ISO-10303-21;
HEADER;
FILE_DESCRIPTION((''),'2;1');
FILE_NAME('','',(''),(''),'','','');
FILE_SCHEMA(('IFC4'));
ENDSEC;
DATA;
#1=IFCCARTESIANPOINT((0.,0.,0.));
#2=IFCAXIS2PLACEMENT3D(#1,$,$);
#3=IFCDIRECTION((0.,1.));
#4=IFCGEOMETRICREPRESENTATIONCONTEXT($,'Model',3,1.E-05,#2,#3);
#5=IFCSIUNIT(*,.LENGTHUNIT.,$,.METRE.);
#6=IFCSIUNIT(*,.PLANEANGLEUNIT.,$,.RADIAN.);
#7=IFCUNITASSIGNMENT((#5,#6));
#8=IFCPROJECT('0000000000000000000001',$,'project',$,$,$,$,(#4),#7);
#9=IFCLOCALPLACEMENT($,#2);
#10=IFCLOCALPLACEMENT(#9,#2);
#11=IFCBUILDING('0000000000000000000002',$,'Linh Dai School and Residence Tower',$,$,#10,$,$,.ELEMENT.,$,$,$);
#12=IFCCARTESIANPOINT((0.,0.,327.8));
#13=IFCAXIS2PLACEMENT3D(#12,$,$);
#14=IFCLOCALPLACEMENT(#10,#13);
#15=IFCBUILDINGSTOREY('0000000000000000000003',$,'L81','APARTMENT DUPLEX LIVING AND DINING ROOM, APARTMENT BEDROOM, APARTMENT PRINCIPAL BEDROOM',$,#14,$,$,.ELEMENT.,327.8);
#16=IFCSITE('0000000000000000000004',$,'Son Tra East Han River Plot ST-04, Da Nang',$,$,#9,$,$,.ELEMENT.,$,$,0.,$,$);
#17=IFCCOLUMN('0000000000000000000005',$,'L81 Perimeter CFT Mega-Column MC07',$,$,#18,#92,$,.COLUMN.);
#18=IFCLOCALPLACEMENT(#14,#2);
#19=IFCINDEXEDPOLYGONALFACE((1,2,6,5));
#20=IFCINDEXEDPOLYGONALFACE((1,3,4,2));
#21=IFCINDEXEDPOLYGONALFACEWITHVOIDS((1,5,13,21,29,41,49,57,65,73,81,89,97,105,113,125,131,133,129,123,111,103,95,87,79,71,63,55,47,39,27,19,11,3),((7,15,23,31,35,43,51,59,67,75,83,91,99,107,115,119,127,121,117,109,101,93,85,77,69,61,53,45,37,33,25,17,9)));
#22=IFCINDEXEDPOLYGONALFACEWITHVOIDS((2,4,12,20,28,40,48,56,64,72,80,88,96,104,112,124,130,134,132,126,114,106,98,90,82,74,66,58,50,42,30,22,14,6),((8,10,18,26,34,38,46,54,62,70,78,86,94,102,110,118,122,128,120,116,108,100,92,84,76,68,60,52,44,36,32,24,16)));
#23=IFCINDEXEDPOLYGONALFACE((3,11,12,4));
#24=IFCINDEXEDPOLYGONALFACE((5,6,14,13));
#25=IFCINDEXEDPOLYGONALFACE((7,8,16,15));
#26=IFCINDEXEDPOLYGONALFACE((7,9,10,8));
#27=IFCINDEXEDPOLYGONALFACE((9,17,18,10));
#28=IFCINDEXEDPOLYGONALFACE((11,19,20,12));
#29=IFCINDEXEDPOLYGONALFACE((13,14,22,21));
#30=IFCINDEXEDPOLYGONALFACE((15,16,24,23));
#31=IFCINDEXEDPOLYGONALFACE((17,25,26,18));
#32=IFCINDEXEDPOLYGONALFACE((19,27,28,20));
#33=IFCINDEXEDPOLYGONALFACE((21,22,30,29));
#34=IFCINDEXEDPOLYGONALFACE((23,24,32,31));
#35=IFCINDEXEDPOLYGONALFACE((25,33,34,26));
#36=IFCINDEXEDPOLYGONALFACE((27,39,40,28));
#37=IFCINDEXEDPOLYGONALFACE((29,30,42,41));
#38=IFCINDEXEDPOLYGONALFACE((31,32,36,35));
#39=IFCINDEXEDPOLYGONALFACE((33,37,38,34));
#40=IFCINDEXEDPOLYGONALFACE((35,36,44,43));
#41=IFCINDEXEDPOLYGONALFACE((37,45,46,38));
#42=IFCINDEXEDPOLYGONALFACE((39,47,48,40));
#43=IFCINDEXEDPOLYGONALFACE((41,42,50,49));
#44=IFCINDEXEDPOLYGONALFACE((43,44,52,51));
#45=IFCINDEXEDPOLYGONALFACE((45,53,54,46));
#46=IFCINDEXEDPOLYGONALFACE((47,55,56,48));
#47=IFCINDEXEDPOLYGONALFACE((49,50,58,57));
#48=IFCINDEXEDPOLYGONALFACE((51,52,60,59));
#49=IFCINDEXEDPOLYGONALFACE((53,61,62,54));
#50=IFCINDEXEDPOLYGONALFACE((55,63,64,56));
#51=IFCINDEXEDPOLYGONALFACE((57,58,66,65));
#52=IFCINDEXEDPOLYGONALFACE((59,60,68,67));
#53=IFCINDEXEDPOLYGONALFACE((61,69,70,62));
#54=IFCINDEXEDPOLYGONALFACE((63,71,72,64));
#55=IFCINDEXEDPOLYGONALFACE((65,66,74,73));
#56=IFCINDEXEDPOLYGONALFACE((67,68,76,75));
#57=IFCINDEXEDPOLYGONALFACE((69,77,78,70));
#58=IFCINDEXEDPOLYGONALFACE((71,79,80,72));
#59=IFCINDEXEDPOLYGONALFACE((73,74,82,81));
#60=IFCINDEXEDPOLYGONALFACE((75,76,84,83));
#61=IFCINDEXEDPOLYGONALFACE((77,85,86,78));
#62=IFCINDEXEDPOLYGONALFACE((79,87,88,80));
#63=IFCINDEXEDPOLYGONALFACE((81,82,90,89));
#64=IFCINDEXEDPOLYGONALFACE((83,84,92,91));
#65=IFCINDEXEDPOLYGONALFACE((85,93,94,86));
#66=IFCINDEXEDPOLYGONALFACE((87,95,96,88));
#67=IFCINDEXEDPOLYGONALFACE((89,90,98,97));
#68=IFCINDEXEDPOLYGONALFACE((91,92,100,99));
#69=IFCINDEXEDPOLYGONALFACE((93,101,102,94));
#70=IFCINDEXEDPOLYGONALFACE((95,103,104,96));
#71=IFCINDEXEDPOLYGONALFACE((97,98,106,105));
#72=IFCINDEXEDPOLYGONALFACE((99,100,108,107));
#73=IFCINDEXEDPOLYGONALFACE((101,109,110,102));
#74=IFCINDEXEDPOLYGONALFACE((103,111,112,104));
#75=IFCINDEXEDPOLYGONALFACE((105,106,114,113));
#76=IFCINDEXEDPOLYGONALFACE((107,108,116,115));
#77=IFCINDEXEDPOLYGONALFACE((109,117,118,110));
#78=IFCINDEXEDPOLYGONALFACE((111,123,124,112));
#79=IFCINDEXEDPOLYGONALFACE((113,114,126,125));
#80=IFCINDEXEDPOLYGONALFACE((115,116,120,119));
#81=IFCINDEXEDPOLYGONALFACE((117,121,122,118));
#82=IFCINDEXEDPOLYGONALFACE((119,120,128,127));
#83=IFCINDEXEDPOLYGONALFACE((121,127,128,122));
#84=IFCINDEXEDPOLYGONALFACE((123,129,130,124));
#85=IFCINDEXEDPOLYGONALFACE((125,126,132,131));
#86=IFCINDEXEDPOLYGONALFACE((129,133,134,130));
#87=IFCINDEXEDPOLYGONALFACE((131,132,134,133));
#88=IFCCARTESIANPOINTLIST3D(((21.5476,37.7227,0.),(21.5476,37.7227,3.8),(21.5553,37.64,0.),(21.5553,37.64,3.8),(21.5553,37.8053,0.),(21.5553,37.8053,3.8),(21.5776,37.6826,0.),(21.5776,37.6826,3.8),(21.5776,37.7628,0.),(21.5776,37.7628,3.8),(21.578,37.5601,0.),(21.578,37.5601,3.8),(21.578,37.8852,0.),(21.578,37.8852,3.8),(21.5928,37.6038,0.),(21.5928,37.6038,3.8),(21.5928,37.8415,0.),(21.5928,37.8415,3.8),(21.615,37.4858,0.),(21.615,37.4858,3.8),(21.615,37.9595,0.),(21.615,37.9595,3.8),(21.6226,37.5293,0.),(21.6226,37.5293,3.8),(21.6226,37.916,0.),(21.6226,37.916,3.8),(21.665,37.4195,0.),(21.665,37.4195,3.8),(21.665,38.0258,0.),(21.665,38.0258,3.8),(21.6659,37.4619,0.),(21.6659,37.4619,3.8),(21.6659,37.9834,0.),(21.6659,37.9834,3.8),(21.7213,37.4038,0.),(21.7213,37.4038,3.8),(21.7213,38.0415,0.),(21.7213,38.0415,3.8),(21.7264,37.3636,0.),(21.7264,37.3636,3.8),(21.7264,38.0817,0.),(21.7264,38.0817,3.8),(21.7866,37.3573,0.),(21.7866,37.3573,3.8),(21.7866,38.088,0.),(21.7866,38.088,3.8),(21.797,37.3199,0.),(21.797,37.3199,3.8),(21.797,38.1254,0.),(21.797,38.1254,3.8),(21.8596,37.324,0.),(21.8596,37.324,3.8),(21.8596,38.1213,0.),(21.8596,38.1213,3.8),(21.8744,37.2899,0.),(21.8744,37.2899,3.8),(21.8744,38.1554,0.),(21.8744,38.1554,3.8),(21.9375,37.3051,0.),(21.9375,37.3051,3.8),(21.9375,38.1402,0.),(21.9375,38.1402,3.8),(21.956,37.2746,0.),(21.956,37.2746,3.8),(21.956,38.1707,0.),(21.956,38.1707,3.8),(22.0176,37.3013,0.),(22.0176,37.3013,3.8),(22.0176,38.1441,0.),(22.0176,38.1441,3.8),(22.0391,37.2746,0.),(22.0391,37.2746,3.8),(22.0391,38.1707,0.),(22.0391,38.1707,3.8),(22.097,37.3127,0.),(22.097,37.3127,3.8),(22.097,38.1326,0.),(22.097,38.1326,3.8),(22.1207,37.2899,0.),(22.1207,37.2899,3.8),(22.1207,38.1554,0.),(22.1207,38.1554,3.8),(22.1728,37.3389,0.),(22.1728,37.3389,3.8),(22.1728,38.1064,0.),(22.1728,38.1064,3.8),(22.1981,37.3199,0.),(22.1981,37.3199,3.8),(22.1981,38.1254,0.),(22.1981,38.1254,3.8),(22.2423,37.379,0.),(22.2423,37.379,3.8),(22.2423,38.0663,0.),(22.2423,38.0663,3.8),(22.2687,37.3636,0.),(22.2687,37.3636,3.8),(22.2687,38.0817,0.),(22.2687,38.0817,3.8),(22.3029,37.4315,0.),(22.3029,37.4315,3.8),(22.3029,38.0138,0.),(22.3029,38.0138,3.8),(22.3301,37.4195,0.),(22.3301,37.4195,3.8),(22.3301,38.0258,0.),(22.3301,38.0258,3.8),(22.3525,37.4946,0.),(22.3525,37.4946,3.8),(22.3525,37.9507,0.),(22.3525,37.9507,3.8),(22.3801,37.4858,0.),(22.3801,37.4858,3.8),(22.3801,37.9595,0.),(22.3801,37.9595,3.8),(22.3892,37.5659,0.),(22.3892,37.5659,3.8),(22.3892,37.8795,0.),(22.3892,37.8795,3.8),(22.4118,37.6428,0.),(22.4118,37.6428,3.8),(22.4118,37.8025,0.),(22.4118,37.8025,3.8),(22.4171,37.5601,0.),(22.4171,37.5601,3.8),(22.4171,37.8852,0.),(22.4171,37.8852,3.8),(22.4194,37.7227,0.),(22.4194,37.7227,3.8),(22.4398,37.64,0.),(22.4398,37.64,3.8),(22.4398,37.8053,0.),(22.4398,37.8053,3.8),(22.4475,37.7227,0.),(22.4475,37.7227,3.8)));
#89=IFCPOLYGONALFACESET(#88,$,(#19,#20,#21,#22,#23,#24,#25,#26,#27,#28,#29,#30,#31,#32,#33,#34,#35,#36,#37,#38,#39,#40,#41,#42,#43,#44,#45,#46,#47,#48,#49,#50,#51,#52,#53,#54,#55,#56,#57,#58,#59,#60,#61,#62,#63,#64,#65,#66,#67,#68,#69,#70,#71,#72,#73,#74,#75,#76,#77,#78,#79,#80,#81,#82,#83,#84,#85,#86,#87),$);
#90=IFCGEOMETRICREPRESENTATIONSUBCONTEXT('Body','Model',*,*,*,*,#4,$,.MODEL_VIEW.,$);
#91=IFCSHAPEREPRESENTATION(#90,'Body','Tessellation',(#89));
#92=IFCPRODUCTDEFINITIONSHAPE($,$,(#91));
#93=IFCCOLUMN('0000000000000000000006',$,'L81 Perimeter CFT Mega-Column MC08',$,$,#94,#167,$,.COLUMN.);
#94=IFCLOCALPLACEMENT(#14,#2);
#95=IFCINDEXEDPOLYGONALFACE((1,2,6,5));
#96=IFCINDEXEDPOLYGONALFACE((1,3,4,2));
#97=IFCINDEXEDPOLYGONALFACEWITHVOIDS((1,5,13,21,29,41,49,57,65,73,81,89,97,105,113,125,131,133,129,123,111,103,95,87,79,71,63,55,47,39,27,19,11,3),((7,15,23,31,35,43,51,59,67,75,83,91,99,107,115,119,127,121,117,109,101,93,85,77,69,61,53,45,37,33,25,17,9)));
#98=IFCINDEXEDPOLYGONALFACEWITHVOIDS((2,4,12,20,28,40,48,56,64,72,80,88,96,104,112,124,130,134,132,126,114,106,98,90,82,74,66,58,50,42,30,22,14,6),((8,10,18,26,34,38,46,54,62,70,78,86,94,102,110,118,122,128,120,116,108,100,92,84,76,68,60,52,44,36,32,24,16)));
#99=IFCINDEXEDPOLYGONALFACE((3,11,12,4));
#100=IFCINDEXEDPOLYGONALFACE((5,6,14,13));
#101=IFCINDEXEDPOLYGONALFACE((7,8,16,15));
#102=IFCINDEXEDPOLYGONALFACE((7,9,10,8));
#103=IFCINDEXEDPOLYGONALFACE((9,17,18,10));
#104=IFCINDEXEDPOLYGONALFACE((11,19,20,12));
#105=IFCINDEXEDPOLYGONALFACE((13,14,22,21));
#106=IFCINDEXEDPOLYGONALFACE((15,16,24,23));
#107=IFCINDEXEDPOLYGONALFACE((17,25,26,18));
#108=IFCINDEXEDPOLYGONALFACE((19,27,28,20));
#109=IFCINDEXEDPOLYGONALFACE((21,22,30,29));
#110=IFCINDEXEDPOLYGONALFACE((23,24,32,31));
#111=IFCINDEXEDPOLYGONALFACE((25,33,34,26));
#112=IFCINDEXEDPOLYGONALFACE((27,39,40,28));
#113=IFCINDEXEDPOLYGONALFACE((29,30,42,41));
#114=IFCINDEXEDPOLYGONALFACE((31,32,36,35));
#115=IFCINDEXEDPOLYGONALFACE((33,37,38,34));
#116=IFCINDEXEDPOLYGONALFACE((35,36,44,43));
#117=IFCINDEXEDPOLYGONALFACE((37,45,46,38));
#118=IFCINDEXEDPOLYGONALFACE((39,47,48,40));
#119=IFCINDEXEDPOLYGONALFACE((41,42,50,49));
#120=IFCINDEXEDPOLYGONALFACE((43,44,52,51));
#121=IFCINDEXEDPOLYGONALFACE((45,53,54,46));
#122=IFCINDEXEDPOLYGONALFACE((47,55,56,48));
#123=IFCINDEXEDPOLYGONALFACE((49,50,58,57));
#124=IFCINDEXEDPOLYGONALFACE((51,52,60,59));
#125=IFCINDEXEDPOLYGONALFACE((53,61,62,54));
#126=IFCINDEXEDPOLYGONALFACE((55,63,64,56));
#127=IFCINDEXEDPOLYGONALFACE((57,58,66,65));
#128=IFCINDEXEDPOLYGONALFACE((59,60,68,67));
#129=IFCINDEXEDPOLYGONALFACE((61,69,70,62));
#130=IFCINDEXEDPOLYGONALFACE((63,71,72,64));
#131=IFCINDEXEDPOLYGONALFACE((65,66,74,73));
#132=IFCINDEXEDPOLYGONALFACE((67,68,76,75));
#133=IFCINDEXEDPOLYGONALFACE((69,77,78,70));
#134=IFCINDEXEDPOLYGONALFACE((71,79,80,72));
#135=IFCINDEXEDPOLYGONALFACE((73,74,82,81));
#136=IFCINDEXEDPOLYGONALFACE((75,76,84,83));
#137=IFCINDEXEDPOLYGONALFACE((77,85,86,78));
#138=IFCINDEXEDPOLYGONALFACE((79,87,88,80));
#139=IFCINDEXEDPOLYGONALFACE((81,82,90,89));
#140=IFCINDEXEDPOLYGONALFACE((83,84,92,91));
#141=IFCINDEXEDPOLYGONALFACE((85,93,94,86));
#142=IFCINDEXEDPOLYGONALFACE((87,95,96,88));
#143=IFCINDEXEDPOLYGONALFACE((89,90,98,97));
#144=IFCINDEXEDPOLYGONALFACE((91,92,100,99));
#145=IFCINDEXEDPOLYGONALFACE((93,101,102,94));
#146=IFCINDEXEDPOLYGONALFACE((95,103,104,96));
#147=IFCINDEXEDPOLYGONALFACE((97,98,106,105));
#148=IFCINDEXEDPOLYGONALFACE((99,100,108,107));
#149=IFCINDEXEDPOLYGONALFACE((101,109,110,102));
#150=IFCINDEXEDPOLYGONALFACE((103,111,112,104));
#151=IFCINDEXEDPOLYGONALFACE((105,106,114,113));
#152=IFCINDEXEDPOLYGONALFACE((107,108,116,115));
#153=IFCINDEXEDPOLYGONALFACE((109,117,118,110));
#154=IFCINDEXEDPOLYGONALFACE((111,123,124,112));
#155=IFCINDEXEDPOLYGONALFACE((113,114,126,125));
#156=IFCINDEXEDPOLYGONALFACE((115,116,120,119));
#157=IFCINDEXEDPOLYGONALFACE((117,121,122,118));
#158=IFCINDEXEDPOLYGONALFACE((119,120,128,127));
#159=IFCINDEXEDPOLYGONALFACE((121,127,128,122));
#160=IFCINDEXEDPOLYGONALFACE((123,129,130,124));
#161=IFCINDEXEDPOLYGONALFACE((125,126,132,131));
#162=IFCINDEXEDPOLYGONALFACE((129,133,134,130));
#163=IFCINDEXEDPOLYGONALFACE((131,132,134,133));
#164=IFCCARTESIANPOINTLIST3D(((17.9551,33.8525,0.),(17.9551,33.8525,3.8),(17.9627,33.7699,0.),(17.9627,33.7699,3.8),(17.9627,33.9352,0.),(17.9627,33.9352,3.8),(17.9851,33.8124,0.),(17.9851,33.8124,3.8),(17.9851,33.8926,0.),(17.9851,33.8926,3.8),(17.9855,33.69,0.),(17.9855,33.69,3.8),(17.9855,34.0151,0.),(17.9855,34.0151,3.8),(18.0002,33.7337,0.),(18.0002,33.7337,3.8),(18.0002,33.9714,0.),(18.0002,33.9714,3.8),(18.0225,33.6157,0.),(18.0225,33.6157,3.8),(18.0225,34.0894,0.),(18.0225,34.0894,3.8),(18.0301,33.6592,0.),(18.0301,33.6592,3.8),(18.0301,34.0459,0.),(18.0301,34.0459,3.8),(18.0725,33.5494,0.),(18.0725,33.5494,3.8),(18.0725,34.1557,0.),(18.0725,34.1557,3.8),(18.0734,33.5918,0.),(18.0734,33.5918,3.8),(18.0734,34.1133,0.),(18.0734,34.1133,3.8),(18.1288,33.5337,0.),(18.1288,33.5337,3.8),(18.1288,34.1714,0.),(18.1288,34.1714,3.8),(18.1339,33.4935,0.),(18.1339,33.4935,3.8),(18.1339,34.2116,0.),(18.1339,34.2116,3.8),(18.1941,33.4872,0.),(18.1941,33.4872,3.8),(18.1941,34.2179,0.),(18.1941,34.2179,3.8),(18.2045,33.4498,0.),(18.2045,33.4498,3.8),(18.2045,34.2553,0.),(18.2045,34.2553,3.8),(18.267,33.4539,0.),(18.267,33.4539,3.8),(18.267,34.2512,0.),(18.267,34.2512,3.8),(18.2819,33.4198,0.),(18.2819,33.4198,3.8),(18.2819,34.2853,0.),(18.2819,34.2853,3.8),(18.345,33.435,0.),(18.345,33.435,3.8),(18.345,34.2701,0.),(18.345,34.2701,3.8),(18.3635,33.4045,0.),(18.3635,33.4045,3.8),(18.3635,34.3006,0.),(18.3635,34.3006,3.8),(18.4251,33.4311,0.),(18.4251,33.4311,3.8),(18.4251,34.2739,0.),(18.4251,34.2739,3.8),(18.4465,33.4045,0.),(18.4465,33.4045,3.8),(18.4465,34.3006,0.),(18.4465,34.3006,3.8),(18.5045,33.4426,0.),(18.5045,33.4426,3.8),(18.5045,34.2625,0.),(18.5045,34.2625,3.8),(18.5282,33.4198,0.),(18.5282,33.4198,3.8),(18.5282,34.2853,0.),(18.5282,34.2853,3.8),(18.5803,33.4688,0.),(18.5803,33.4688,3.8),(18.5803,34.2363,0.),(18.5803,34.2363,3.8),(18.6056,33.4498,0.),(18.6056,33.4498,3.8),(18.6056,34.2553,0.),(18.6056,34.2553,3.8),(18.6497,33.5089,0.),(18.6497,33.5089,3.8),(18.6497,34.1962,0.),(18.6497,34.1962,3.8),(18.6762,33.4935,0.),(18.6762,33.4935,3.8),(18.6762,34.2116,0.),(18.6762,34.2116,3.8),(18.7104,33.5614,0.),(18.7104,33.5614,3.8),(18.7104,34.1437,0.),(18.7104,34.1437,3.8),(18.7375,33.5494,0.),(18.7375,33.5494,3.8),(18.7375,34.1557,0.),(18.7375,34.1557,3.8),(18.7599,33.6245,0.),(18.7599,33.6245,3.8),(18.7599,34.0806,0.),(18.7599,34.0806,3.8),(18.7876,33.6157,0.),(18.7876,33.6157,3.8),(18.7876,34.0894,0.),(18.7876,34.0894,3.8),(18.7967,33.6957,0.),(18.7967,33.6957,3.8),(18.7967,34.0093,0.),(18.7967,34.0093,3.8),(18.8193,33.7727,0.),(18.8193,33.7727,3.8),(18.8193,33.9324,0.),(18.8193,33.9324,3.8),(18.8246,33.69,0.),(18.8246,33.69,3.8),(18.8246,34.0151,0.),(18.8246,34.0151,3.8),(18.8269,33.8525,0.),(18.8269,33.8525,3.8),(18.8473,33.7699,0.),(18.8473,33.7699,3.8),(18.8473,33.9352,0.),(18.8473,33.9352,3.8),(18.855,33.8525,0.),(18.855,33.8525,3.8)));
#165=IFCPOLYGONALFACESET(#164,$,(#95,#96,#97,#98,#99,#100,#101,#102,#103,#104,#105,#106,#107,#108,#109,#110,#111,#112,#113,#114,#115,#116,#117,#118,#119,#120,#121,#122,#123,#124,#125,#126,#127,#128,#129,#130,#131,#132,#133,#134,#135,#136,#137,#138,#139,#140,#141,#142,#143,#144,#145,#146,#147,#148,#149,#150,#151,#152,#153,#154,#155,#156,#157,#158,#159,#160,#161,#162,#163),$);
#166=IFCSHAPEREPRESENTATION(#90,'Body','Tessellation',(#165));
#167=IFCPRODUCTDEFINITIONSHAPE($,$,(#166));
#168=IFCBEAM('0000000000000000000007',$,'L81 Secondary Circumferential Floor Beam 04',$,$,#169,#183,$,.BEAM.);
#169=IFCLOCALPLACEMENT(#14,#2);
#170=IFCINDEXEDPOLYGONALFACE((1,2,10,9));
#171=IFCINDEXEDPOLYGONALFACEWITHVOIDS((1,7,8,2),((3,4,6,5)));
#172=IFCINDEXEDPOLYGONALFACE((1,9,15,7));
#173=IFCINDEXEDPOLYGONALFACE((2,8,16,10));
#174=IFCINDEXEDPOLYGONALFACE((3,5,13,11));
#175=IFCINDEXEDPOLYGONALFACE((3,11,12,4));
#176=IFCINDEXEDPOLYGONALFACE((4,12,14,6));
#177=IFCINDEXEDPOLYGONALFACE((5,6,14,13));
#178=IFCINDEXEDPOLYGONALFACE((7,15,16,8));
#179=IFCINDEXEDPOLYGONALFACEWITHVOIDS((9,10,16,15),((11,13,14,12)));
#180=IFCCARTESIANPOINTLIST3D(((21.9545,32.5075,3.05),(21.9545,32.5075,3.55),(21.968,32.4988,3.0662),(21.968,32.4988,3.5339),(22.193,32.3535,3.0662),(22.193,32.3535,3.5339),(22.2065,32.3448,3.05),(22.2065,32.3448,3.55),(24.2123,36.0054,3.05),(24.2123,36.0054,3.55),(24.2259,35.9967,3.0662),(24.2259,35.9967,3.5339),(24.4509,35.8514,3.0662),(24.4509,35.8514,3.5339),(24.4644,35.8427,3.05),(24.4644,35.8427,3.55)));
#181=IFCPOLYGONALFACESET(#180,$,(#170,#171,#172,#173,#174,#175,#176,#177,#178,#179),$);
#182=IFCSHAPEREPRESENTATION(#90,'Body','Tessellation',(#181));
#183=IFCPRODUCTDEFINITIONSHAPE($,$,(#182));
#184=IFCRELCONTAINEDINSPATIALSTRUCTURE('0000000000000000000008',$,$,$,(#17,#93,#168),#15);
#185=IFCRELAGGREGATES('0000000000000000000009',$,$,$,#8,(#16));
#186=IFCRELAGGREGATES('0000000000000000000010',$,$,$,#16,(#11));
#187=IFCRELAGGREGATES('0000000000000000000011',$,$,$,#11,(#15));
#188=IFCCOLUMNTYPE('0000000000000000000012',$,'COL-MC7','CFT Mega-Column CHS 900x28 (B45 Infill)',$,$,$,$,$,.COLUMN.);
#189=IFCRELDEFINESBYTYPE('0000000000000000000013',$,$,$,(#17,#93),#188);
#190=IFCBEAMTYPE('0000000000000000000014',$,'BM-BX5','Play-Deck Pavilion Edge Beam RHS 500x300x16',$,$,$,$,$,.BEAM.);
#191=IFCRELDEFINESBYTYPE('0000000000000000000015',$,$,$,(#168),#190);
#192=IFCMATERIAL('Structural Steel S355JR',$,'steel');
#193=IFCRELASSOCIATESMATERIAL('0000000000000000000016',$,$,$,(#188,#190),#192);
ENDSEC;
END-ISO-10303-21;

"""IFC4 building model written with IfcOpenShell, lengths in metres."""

from ifc_helpers import new_model, si_unit, direction, frame, origin, origin_2d, place, context, subcontext, project, spatial, hollow_rectangle, hollow_circle, extrude, material, material_profile, profile_set, type_object, element, save


model = new_model("IFC4")

# Units and contexts
model_context = context("Model", 3, precision=1e-05, world=origin(), true_north=direction((0.0, 1.0)))
body_context = subcontext(model_context, "Body", "Model", "MODEL_VIEW")
ifc_project = project(units=[si_unit("LENGTHUNIT", "METRE"), si_unit("PLANEANGLEUNIT", "RADIAN")], contexts=[model_context])

# Site, building, storey
site_placement = place(None, origin())
site = spatial("IfcSite", under=ifc_project, at=site_placement, Name="Son Tra East Han River Plot ST-04, Da Nang", CompositionType="ELEMENT", RefElevation=0.0)
building_placement = place(site_placement, origin())
building = spatial("IfcBuilding", under=site, at=building_placement, Name="Linh Dai School and Residence Tower", CompositionType="ELEMENT")
storey_placement = place(building_placement, frame((0.0, 0.0, 327.8)))
storey = spatial("IfcBuildingStorey", under=building, at=storey_placement, Name="L81", Description="APARTMENT DUPLEX LIVING AND DINING ROOM, APARTMENT BEDROOM, APARTMENT PRINCIPAL BEDROOM", CompositionType="ELEMENT", Elevation=327.8)

# Columns
ifc_material_1 = material(Name="Structural Steel S355JR", Category="steel")
ifc_material_profile_1 = material_profile(ifc_material_1, hollow_circle(Radius=0.45, WallThickness=0.0281, at=origin_2d()), Name="CHS 900x28")
ifc_profile_set_1 = profile_set([ifc_material_profile_1], Name="Structural Steel S355JR")
column_type = type_object("IfcColumnType", Name="COL-MC7", Description="CFT Mega-Column CHS 900x28 (B45 Infill)", PredefinedType="COLUMN", material=ifc_profile_set_1)
for number, where, z_axis, x_axis, name in (
    (1, (21.9976, 37.7227, 0.0), (0.0, 0.0, 1.0), (1.0, 0.0, 0.0), "L81 Perimeter CFT Mega-Column MC07"),
    (2, (18.405, 33.8525, 0.0), (0.0, 0.0, 1.0), (1.0, 0.0, 0.0), "L81 Perimeter CFT Mega-Column MC08"),
):
    element("IfcColumn", number, at=place(storey_placement, frame(where, z_axis=z_axis, x_axis=x_axis)), inside=storey, type_object=column_type, Name=name, PredefinedType="COLUMN", context=body_context, shape_type="SweptSolid", body=[
        extrude(hollow_circle(Radius=0.45, WallThickness=0.0281, at=origin_2d()), origin(), (0.0, 0.0, 1.0), 3.8),
    ])

# Beam
ifc_material_profile_2 = material_profile(ifc_material_1, hollow_rectangle(XDim=0.3, YDim=0.5, WallThickness=0.0161, at=origin_2d()), Name="RHS 500x300x16")
ifc_profile_set_2 = profile_set([ifc_material_profile_2], Name="Structural Steel S355JR")
beam_type_1 = type_object("IfcBeamType", Name="BM-BX5", Description="Play-Deck Pavilion Edge Beam RHS 500x300x16", PredefinedType="BEAM", material=ifc_profile_set_2)
beam_1_placement = place(storey_placement, frame((24.3384, 35.9241, 3.3), z_axis=(-0.542325, -0.840169, 0.0), x_axis=(0.840169, -0.542325, 0.0)))
element("IfcBeam", 3, at=beam_1_placement, inside=storey, type_object=beam_type_1, Name="L81 Secondary Circumferential Floor Beam 04", PredefinedType="BEAM", context=body_context, shape_type="SweptSolid", body=[
    extrude(hollow_rectangle(XDim=0.3, YDim=0.5, WallThickness=0.0161, at=origin_2d()), origin(), (0.0, 0.0, 1.0), 4.1633),
])

save(model, "model.ifc")
